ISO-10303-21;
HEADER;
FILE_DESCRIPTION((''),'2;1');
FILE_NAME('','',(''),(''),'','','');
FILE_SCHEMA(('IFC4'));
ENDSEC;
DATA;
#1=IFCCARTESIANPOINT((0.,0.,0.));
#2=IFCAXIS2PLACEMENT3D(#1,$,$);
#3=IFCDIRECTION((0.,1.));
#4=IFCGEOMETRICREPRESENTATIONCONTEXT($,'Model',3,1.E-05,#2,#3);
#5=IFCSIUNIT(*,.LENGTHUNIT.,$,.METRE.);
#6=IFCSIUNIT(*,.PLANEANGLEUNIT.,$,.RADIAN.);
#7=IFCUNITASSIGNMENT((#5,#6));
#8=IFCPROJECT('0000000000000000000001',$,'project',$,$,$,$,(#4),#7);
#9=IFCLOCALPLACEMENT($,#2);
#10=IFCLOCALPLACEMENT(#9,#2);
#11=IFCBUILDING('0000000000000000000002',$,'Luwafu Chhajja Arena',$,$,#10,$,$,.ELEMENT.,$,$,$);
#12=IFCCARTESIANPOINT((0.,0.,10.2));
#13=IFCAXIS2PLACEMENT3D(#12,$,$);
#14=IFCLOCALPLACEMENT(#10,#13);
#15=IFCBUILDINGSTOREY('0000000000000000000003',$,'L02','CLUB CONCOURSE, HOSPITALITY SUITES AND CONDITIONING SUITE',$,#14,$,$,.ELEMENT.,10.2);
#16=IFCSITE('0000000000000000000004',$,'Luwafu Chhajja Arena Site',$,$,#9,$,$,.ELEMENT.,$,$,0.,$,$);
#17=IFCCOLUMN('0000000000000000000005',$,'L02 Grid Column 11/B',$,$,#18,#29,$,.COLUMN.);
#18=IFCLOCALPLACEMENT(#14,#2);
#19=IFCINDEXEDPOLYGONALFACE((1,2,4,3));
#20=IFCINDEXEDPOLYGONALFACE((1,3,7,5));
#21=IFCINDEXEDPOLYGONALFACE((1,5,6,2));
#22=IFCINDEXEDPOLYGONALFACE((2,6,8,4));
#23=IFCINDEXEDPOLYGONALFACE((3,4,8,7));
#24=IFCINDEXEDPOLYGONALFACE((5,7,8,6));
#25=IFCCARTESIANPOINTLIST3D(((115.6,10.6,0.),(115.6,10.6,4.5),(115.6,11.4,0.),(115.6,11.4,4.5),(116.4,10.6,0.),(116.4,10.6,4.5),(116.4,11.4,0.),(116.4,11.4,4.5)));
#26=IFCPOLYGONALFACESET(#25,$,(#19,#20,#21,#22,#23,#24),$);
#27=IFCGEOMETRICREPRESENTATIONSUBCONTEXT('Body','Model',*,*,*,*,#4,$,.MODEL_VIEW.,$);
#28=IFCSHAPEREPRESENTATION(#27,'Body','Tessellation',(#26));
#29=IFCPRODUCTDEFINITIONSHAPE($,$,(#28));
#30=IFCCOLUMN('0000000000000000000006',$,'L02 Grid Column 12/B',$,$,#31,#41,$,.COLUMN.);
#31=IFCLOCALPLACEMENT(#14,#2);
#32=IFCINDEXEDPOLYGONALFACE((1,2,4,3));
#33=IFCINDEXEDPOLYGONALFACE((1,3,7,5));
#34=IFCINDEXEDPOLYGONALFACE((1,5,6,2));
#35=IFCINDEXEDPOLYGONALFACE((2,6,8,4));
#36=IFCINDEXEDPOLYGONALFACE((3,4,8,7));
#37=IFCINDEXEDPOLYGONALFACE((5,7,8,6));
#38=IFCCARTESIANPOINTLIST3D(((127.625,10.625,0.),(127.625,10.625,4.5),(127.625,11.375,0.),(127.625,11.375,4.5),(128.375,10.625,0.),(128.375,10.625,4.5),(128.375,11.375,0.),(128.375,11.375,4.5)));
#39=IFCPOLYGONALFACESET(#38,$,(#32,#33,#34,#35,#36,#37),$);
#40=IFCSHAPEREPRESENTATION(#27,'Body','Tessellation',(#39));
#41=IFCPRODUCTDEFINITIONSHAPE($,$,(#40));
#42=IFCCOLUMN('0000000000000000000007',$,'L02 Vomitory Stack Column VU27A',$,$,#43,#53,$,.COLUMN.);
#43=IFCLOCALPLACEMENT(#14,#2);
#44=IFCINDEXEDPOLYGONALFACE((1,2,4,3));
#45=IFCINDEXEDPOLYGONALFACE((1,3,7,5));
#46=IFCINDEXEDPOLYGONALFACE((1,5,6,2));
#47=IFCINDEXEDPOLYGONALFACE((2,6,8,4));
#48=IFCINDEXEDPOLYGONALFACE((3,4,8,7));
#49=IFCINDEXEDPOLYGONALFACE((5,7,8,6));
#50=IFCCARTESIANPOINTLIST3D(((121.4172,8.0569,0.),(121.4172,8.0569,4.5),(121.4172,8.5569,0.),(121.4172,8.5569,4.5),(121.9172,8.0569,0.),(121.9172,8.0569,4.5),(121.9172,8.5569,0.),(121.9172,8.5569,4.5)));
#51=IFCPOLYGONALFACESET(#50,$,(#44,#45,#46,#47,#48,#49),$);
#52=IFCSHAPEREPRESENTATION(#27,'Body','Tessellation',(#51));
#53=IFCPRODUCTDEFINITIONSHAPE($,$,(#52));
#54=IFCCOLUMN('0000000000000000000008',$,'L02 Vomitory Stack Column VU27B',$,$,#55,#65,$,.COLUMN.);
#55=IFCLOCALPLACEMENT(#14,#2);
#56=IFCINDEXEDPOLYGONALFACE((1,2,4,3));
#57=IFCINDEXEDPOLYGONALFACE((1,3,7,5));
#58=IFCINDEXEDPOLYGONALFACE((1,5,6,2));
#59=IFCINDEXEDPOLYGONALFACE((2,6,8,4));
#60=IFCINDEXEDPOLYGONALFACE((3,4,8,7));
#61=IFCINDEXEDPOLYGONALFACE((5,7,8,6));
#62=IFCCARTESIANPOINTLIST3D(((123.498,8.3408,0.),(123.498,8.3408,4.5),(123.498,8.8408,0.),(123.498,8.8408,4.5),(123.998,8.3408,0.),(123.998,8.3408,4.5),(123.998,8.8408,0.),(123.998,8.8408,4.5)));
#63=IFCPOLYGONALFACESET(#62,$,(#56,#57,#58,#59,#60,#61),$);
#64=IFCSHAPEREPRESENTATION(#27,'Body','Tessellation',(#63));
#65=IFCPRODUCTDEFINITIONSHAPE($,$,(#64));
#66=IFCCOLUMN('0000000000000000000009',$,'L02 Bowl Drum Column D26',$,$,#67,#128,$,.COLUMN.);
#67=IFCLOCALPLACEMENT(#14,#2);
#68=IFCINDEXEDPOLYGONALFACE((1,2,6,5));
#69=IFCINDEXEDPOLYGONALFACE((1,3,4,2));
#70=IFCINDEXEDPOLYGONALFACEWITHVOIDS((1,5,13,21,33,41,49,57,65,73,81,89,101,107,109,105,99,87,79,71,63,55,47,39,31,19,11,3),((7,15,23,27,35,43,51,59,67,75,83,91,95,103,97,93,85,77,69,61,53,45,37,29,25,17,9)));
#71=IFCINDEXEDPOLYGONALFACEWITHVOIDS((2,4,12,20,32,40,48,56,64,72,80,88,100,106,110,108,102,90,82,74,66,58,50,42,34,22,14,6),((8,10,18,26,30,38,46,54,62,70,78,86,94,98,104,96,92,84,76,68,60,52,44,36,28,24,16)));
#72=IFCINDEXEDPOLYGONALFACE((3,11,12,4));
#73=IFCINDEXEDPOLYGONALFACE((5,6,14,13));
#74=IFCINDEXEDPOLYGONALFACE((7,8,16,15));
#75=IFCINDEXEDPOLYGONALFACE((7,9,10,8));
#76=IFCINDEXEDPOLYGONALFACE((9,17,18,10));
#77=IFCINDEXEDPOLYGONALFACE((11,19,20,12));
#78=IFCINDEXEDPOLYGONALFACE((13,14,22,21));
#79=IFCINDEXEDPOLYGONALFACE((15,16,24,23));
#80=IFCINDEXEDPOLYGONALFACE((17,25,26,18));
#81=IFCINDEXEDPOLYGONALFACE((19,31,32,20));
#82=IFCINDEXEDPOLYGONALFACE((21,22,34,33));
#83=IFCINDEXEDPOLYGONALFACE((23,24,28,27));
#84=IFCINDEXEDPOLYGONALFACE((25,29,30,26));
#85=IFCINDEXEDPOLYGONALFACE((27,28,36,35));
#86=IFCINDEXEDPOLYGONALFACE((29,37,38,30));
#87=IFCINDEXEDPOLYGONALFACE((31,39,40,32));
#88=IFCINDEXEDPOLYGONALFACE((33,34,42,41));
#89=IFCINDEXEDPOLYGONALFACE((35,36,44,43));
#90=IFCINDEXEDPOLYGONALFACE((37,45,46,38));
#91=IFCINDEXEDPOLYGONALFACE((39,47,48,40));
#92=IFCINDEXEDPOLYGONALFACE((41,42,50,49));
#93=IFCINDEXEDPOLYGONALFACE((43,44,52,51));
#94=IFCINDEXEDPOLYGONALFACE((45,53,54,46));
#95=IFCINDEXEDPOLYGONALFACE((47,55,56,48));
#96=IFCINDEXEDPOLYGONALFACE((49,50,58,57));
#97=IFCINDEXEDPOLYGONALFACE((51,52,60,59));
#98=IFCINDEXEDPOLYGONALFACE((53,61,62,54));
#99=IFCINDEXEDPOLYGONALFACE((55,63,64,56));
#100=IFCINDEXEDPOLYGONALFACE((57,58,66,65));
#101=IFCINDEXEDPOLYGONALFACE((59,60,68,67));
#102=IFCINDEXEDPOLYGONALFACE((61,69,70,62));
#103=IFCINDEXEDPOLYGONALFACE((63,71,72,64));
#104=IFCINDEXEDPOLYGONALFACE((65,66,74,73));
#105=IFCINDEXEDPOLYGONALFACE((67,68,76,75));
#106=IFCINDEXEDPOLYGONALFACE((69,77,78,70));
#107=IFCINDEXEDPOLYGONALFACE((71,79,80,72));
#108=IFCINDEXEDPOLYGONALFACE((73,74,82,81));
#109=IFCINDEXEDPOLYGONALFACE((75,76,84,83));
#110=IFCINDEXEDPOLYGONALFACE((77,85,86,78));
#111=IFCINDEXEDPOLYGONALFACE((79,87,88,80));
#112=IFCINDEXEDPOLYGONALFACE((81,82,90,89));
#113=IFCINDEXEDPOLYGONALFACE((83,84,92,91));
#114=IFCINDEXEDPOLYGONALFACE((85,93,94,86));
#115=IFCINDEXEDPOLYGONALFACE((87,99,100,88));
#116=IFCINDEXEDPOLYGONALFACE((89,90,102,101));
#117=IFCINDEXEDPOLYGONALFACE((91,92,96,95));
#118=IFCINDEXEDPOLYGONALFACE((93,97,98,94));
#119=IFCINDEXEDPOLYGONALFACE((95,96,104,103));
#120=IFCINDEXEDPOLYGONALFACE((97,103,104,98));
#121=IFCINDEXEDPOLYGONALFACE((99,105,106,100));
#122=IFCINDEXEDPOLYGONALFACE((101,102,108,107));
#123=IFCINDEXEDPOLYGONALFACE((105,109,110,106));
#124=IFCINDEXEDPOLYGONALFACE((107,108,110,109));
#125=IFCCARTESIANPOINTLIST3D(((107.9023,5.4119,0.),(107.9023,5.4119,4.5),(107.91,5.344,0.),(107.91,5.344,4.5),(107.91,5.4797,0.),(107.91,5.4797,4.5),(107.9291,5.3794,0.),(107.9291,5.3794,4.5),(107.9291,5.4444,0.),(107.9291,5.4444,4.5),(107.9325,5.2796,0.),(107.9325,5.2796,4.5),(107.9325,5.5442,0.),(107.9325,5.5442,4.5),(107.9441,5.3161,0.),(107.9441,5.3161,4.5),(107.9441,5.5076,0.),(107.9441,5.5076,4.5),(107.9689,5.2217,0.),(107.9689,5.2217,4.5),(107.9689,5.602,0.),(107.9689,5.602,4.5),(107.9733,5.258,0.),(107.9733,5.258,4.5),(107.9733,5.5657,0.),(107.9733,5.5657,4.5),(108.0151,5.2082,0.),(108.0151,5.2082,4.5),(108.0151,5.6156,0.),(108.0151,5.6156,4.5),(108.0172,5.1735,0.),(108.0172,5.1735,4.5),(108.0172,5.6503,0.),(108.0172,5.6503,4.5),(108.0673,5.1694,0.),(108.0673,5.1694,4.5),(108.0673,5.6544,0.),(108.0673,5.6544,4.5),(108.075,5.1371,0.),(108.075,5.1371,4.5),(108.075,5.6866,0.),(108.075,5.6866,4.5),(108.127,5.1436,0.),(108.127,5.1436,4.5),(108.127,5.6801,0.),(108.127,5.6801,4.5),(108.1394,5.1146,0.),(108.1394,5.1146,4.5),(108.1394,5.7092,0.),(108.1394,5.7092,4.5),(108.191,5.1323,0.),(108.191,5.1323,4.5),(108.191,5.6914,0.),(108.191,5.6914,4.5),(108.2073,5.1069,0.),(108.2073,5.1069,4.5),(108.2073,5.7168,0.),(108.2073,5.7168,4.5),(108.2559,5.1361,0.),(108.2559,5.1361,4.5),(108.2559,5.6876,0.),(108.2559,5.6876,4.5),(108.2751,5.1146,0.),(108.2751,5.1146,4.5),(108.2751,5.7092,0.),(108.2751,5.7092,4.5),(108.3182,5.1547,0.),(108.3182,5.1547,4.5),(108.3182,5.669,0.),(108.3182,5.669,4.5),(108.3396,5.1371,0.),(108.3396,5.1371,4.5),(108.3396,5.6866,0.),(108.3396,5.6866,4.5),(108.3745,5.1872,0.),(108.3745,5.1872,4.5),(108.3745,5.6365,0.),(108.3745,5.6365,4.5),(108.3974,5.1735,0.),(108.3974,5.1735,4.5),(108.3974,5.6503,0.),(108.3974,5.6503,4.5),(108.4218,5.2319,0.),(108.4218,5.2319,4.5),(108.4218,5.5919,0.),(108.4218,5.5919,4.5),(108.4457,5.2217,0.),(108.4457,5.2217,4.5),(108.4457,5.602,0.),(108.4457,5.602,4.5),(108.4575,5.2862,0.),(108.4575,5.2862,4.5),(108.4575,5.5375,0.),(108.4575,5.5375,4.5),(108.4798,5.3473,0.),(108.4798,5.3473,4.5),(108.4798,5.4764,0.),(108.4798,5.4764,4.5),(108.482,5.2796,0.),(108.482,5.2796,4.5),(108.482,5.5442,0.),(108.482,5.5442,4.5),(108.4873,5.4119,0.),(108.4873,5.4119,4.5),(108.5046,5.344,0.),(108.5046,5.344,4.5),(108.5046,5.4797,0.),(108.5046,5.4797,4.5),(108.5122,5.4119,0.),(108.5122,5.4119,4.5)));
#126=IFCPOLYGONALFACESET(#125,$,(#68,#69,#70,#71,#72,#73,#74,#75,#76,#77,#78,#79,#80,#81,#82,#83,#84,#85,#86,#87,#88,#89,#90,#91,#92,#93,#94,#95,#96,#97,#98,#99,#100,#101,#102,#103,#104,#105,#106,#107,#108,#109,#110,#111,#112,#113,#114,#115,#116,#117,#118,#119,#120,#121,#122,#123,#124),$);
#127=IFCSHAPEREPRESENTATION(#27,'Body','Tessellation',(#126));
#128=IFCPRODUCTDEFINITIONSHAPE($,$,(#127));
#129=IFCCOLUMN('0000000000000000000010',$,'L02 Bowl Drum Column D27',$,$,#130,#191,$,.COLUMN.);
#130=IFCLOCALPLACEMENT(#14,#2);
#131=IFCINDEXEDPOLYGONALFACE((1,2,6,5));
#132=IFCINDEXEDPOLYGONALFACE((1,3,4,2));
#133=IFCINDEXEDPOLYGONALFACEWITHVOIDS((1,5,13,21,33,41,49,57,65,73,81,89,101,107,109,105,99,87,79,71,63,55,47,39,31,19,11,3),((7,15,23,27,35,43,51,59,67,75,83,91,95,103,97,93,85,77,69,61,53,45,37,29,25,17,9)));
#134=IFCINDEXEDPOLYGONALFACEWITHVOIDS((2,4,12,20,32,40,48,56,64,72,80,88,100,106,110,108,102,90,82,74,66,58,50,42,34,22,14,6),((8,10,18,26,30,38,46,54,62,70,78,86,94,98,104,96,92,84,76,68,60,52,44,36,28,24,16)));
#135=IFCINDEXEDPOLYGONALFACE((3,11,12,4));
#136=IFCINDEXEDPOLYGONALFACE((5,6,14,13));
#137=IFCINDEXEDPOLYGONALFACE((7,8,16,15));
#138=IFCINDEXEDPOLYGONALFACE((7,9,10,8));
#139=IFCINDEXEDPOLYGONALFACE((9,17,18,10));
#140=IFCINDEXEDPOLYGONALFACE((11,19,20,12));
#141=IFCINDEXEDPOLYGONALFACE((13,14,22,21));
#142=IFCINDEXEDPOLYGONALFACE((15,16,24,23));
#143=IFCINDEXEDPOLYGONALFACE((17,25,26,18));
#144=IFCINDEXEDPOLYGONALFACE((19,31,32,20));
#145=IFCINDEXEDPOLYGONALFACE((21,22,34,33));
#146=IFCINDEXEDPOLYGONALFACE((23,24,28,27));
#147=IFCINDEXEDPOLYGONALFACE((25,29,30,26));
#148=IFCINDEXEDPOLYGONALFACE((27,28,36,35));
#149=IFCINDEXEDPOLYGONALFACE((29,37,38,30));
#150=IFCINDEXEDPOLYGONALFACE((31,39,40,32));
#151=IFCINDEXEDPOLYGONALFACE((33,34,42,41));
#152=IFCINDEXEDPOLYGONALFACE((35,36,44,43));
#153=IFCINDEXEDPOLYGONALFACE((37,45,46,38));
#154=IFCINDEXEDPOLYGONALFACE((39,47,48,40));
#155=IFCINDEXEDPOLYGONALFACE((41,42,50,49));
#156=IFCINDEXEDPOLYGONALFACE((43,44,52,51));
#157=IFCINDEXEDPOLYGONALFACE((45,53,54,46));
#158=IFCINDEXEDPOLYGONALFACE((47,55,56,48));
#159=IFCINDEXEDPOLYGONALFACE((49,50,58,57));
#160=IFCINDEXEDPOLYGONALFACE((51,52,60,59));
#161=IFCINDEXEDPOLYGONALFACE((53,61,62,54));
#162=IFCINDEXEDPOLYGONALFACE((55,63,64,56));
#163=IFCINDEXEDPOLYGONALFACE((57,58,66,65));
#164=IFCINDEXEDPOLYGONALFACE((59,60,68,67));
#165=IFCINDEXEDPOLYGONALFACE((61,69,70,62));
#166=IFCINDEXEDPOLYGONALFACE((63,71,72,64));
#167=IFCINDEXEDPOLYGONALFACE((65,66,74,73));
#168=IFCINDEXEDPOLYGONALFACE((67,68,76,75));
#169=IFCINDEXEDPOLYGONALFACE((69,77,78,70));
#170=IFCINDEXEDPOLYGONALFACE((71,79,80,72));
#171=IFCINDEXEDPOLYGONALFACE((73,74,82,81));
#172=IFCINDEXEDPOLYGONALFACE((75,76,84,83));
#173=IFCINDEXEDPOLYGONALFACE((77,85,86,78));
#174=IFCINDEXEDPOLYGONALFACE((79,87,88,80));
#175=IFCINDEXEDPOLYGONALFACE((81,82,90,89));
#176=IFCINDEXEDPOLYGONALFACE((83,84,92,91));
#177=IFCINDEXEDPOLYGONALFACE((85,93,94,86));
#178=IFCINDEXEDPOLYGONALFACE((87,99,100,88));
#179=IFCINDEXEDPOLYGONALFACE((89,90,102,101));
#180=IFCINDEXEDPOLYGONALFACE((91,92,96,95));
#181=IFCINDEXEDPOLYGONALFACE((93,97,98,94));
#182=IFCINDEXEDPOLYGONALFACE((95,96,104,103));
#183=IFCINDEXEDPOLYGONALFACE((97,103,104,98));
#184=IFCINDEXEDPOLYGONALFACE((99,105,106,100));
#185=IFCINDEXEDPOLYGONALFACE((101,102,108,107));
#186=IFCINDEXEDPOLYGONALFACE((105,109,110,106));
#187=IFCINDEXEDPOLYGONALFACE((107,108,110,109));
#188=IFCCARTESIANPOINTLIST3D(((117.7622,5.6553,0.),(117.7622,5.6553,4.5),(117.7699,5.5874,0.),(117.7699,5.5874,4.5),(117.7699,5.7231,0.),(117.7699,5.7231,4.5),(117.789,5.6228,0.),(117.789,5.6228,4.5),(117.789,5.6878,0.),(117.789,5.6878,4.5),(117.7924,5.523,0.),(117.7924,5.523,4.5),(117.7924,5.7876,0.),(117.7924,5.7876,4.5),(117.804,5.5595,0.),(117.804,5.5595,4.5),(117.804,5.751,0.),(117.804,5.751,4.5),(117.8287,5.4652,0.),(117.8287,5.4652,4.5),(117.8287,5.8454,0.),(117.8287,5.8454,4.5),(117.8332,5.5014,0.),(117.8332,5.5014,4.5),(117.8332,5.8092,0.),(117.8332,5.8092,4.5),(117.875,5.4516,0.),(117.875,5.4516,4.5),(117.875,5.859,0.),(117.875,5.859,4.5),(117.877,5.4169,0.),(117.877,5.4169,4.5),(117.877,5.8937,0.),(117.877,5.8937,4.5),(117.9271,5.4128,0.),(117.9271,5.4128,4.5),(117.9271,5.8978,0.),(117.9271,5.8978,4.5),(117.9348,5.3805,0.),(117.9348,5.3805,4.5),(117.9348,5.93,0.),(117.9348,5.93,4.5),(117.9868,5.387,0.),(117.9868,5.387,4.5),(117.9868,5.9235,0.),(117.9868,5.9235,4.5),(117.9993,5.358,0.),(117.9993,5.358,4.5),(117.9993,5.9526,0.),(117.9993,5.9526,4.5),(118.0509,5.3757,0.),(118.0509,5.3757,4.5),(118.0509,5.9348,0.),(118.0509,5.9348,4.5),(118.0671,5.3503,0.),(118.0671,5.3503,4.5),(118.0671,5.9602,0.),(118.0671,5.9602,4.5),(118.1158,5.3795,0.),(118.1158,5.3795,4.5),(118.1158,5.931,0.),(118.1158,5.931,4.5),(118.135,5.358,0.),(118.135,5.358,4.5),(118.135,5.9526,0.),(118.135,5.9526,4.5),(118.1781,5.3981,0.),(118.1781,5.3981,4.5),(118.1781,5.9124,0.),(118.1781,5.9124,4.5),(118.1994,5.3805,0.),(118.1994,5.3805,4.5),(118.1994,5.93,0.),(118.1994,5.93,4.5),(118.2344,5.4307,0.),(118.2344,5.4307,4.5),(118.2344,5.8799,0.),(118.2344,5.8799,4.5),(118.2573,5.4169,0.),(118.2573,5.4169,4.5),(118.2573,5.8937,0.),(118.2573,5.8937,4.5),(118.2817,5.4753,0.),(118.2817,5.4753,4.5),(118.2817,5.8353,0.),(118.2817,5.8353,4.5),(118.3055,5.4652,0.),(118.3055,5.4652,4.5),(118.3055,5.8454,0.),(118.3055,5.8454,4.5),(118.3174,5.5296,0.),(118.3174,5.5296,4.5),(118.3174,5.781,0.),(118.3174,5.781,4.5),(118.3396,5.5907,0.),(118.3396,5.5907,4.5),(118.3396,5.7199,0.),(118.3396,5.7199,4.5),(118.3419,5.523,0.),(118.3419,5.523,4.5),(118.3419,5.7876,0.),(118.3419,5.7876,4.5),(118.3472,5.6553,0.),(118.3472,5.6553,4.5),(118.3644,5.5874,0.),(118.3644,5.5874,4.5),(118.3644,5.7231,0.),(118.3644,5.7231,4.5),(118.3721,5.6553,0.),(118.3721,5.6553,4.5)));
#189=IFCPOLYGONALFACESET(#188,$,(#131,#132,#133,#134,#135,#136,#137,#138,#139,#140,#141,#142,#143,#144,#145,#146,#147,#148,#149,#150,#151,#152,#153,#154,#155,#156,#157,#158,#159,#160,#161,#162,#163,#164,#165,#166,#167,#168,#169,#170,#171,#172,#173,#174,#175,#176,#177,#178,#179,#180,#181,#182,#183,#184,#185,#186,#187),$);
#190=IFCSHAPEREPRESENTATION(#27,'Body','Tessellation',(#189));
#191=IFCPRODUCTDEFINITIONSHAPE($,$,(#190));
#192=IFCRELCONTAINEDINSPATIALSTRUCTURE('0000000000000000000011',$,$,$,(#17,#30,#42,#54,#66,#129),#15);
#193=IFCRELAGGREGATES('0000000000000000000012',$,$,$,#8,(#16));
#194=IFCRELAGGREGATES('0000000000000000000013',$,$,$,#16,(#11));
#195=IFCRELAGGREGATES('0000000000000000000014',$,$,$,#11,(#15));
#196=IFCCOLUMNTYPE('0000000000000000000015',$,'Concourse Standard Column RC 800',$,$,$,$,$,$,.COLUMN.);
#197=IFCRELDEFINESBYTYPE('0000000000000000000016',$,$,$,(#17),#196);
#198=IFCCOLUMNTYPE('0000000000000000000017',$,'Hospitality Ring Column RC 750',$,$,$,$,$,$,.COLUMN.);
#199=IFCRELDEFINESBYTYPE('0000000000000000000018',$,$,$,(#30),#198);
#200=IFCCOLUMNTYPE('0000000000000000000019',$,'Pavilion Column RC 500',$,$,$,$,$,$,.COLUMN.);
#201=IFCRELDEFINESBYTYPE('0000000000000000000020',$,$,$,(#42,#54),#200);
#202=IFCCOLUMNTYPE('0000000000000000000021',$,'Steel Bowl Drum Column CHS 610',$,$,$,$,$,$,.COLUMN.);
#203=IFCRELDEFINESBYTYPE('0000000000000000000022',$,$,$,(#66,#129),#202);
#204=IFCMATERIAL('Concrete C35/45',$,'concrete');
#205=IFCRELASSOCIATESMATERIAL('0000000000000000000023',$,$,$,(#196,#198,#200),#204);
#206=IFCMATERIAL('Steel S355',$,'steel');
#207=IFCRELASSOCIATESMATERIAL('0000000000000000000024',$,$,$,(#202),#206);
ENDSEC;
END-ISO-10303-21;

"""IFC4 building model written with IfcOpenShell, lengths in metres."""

from ifc_helpers import new_model, si_unit, direction, frame, origin, origin_2d, place, context, subcontext, project, spatial, rectangle, hollow_circle, extrude, material, material_profile, profile_set, type_object, element, save


model = new_model("IFC4")

# Units and contexts
model_context = context("Model", 3, precision=1e-05, world=origin(), true_north=direction((0.0, 1.0)))
body_context = subcontext(model_context, "Body", "Model", "MODEL_VIEW")
ifc_project = project(units=[si_unit("LENGTHUNIT", "METRE"), si_unit("PLANEANGLEUNIT", "RADIAN")], contexts=[model_context])

# Site, building, storey
site_placement = place(None, origin())
site = spatial("IfcSite", under=ifc_project, at=site_placement, Name="Luwafu Chhajja Arena Site", CompositionType="ELEMENT", RefElevation=0.0)
building_placement = place(site_placement, origin())
building = spatial("IfcBuilding", under=site, at=building_placement, Name="Luwafu Chhajja Arena", CompositionType="ELEMENT")
storey_placement = place(building_placement, frame((0.0, 0.0, 10.2)))
storey = spatial("IfcBuildingStorey", under=building, at=storey_placement, Name="L02", Description="CLUB CONCOURSE, HOSPITALITY SUITES AND CONDITIONING SUITE", CompositionType="ELEMENT", Elevation=10.2)

# Columns
ifc_material_1 = material(Name="Concrete C35/45", Category="concrete")
ifc_material_profile_1 = material_profile(ifc_material_1, rectangle(XDim=0.8, YDim=0.8, at=origin_2d()), Name="RC 800x800")
ifc_profile_set_1 = profile_set([ifc_material_profile_1], Name="Concrete C35/45")
column_type_1 = type_object("IfcColumnType", Name="Concourse Standard Column RC 800", PredefinedType="COLUMN", material=ifc_profile_set_1)
column_1_placement = place(storey_placement, frame((116.0, 11.0, 0.0), z_axis=(0.0, 0.0, 1.0), x_axis=(1.0, 0.0, 0.0)))
element("IfcColumn", 1, at=column_1_placement, inside=storey, type_object=column_type_1, Name="L02 Grid Column 11/B", PredefinedType="COLUMN", context=body_context, shape_type="SweptSolid", body=[
    extrude(rectangle(XDim=0.8, YDim=0.8, at=origin_2d()), origin(), (0.0, 0.0, 1.0), 4.5),
])
ifc_material_profile_2 = material_profile(ifc_material_1, rectangle(XDim=0.75, YDim=0.75, at=origin_2d()), Name="RC 750x750")
ifc_profile_set_2 = profile_set([ifc_material_profile_2], Name="Concrete C35/45")
column_type_2 = type_object("IfcColumnType", Name="Hospitality Ring Column RC 750", PredefinedType="COLUMN", material=ifc_profile_set_2)
column_2_placement = place(storey_placement, frame((128.0, 11.0, 0.0), z_axis=(0.0, 0.0, 1.0), x_axis=(1.0, 0.0, 0.0)))
element("IfcColumn", 2, at=column_2_placement, inside=storey, type_object=column_type_2, Name="L02 Grid Column 12/B", PredefinedType="COLUMN", context=body_context, shape_type="SweptSolid", body=[
    extrude(rectangle(XDim=0.75, YDim=0.75, at=origin_2d()), origin(), (0.0, 0.0, 1.0), 4.5),
])
ifc_material_profile_3 = material_profile(ifc_material_1, rectangle(XDim=0.5, YDim=0.5, at=origin_2d()), Name="RC 500x500")
ifc_profile_set_3 = profile_set([ifc_material_profile_3], Name="Concrete C35/45")
column_type_3 = type_object("IfcColumnType", Name="Pavilion Column RC 500", PredefinedType="COLUMN", material=ifc_profile_set_3)
for number, where, z_axis, x_axis, name in (
    (3, (121.6672, 8.3069, 0.0), (0.0, 0.0, 1.0), (1.0, 0.0, 0.0), "L02 Vomitory Stack Column VU27A"),
    (4, (123.748, 8.5908, 0.0), (0.0, 0.0, 1.0), (1.0, 0.0, 0.0), "L02 Vomitory Stack Column VU27B"),
):
    element("IfcColumn", number, at=place(storey_placement, frame(where, z_axis=z_axis, x_axis=x_axis)), inside=storey, type_object=column_type_3, Name=name, PredefinedType="COLUMN", context=body_context, shape_type="SweptSolid", body=[
        extrude(rectangle(XDim=0.5, YDim=0.5, at=origin_2d()), origin(), (0.0, 0.0, 1.0), 4.5),
    ])
ifc_material_2 = material(Name="Steel S355", Category="steel")
ifc_material_profile_4 = material_profile(ifc_material_2, hollow_circle(Radius=0.3049, WallThickness=0.0249, at=origin_2d()), Name="CHS 610x25")
ifc_profile_set_4 = profile_set([ifc_material_profile_4], Name="Steel S355")
column_type_4 = type_object("IfcColumnType", Name="Steel Bowl Drum Column CHS 610", PredefinedType="COLUMN", material=ifc_profile_set_4)
for number, where, z_axis, x_axis, name in (
    (5, (108.2073, 5.4119, 0.0), (0.0, 0.0, 1.0), (1.0, 0.0, 0.0), "L02 Bowl Drum Column D26"),
    (6, (118.0671, 5.6553, 0.0), (0.0, 0.0, 1.0), (1.0, 0.0, 0.0), "L02 Bowl Drum Column D27"),
):
    element("IfcColumn", number, at=place(storey_placement, frame(where, z_axis=z_axis, x_axis=x_axis)), inside=storey, type_object=column_type_4, Name=name, PredefinedType="COLUMN", context=body_context, shape_type="SweptSolid", body=[
        extrude(hollow_circle(Radius=0.3049, WallThickness=0.0249, at=origin_2d()), origin(), (0.0, 0.0, 1.0), 4.5),
    ])

save(model, "model.ifc")
